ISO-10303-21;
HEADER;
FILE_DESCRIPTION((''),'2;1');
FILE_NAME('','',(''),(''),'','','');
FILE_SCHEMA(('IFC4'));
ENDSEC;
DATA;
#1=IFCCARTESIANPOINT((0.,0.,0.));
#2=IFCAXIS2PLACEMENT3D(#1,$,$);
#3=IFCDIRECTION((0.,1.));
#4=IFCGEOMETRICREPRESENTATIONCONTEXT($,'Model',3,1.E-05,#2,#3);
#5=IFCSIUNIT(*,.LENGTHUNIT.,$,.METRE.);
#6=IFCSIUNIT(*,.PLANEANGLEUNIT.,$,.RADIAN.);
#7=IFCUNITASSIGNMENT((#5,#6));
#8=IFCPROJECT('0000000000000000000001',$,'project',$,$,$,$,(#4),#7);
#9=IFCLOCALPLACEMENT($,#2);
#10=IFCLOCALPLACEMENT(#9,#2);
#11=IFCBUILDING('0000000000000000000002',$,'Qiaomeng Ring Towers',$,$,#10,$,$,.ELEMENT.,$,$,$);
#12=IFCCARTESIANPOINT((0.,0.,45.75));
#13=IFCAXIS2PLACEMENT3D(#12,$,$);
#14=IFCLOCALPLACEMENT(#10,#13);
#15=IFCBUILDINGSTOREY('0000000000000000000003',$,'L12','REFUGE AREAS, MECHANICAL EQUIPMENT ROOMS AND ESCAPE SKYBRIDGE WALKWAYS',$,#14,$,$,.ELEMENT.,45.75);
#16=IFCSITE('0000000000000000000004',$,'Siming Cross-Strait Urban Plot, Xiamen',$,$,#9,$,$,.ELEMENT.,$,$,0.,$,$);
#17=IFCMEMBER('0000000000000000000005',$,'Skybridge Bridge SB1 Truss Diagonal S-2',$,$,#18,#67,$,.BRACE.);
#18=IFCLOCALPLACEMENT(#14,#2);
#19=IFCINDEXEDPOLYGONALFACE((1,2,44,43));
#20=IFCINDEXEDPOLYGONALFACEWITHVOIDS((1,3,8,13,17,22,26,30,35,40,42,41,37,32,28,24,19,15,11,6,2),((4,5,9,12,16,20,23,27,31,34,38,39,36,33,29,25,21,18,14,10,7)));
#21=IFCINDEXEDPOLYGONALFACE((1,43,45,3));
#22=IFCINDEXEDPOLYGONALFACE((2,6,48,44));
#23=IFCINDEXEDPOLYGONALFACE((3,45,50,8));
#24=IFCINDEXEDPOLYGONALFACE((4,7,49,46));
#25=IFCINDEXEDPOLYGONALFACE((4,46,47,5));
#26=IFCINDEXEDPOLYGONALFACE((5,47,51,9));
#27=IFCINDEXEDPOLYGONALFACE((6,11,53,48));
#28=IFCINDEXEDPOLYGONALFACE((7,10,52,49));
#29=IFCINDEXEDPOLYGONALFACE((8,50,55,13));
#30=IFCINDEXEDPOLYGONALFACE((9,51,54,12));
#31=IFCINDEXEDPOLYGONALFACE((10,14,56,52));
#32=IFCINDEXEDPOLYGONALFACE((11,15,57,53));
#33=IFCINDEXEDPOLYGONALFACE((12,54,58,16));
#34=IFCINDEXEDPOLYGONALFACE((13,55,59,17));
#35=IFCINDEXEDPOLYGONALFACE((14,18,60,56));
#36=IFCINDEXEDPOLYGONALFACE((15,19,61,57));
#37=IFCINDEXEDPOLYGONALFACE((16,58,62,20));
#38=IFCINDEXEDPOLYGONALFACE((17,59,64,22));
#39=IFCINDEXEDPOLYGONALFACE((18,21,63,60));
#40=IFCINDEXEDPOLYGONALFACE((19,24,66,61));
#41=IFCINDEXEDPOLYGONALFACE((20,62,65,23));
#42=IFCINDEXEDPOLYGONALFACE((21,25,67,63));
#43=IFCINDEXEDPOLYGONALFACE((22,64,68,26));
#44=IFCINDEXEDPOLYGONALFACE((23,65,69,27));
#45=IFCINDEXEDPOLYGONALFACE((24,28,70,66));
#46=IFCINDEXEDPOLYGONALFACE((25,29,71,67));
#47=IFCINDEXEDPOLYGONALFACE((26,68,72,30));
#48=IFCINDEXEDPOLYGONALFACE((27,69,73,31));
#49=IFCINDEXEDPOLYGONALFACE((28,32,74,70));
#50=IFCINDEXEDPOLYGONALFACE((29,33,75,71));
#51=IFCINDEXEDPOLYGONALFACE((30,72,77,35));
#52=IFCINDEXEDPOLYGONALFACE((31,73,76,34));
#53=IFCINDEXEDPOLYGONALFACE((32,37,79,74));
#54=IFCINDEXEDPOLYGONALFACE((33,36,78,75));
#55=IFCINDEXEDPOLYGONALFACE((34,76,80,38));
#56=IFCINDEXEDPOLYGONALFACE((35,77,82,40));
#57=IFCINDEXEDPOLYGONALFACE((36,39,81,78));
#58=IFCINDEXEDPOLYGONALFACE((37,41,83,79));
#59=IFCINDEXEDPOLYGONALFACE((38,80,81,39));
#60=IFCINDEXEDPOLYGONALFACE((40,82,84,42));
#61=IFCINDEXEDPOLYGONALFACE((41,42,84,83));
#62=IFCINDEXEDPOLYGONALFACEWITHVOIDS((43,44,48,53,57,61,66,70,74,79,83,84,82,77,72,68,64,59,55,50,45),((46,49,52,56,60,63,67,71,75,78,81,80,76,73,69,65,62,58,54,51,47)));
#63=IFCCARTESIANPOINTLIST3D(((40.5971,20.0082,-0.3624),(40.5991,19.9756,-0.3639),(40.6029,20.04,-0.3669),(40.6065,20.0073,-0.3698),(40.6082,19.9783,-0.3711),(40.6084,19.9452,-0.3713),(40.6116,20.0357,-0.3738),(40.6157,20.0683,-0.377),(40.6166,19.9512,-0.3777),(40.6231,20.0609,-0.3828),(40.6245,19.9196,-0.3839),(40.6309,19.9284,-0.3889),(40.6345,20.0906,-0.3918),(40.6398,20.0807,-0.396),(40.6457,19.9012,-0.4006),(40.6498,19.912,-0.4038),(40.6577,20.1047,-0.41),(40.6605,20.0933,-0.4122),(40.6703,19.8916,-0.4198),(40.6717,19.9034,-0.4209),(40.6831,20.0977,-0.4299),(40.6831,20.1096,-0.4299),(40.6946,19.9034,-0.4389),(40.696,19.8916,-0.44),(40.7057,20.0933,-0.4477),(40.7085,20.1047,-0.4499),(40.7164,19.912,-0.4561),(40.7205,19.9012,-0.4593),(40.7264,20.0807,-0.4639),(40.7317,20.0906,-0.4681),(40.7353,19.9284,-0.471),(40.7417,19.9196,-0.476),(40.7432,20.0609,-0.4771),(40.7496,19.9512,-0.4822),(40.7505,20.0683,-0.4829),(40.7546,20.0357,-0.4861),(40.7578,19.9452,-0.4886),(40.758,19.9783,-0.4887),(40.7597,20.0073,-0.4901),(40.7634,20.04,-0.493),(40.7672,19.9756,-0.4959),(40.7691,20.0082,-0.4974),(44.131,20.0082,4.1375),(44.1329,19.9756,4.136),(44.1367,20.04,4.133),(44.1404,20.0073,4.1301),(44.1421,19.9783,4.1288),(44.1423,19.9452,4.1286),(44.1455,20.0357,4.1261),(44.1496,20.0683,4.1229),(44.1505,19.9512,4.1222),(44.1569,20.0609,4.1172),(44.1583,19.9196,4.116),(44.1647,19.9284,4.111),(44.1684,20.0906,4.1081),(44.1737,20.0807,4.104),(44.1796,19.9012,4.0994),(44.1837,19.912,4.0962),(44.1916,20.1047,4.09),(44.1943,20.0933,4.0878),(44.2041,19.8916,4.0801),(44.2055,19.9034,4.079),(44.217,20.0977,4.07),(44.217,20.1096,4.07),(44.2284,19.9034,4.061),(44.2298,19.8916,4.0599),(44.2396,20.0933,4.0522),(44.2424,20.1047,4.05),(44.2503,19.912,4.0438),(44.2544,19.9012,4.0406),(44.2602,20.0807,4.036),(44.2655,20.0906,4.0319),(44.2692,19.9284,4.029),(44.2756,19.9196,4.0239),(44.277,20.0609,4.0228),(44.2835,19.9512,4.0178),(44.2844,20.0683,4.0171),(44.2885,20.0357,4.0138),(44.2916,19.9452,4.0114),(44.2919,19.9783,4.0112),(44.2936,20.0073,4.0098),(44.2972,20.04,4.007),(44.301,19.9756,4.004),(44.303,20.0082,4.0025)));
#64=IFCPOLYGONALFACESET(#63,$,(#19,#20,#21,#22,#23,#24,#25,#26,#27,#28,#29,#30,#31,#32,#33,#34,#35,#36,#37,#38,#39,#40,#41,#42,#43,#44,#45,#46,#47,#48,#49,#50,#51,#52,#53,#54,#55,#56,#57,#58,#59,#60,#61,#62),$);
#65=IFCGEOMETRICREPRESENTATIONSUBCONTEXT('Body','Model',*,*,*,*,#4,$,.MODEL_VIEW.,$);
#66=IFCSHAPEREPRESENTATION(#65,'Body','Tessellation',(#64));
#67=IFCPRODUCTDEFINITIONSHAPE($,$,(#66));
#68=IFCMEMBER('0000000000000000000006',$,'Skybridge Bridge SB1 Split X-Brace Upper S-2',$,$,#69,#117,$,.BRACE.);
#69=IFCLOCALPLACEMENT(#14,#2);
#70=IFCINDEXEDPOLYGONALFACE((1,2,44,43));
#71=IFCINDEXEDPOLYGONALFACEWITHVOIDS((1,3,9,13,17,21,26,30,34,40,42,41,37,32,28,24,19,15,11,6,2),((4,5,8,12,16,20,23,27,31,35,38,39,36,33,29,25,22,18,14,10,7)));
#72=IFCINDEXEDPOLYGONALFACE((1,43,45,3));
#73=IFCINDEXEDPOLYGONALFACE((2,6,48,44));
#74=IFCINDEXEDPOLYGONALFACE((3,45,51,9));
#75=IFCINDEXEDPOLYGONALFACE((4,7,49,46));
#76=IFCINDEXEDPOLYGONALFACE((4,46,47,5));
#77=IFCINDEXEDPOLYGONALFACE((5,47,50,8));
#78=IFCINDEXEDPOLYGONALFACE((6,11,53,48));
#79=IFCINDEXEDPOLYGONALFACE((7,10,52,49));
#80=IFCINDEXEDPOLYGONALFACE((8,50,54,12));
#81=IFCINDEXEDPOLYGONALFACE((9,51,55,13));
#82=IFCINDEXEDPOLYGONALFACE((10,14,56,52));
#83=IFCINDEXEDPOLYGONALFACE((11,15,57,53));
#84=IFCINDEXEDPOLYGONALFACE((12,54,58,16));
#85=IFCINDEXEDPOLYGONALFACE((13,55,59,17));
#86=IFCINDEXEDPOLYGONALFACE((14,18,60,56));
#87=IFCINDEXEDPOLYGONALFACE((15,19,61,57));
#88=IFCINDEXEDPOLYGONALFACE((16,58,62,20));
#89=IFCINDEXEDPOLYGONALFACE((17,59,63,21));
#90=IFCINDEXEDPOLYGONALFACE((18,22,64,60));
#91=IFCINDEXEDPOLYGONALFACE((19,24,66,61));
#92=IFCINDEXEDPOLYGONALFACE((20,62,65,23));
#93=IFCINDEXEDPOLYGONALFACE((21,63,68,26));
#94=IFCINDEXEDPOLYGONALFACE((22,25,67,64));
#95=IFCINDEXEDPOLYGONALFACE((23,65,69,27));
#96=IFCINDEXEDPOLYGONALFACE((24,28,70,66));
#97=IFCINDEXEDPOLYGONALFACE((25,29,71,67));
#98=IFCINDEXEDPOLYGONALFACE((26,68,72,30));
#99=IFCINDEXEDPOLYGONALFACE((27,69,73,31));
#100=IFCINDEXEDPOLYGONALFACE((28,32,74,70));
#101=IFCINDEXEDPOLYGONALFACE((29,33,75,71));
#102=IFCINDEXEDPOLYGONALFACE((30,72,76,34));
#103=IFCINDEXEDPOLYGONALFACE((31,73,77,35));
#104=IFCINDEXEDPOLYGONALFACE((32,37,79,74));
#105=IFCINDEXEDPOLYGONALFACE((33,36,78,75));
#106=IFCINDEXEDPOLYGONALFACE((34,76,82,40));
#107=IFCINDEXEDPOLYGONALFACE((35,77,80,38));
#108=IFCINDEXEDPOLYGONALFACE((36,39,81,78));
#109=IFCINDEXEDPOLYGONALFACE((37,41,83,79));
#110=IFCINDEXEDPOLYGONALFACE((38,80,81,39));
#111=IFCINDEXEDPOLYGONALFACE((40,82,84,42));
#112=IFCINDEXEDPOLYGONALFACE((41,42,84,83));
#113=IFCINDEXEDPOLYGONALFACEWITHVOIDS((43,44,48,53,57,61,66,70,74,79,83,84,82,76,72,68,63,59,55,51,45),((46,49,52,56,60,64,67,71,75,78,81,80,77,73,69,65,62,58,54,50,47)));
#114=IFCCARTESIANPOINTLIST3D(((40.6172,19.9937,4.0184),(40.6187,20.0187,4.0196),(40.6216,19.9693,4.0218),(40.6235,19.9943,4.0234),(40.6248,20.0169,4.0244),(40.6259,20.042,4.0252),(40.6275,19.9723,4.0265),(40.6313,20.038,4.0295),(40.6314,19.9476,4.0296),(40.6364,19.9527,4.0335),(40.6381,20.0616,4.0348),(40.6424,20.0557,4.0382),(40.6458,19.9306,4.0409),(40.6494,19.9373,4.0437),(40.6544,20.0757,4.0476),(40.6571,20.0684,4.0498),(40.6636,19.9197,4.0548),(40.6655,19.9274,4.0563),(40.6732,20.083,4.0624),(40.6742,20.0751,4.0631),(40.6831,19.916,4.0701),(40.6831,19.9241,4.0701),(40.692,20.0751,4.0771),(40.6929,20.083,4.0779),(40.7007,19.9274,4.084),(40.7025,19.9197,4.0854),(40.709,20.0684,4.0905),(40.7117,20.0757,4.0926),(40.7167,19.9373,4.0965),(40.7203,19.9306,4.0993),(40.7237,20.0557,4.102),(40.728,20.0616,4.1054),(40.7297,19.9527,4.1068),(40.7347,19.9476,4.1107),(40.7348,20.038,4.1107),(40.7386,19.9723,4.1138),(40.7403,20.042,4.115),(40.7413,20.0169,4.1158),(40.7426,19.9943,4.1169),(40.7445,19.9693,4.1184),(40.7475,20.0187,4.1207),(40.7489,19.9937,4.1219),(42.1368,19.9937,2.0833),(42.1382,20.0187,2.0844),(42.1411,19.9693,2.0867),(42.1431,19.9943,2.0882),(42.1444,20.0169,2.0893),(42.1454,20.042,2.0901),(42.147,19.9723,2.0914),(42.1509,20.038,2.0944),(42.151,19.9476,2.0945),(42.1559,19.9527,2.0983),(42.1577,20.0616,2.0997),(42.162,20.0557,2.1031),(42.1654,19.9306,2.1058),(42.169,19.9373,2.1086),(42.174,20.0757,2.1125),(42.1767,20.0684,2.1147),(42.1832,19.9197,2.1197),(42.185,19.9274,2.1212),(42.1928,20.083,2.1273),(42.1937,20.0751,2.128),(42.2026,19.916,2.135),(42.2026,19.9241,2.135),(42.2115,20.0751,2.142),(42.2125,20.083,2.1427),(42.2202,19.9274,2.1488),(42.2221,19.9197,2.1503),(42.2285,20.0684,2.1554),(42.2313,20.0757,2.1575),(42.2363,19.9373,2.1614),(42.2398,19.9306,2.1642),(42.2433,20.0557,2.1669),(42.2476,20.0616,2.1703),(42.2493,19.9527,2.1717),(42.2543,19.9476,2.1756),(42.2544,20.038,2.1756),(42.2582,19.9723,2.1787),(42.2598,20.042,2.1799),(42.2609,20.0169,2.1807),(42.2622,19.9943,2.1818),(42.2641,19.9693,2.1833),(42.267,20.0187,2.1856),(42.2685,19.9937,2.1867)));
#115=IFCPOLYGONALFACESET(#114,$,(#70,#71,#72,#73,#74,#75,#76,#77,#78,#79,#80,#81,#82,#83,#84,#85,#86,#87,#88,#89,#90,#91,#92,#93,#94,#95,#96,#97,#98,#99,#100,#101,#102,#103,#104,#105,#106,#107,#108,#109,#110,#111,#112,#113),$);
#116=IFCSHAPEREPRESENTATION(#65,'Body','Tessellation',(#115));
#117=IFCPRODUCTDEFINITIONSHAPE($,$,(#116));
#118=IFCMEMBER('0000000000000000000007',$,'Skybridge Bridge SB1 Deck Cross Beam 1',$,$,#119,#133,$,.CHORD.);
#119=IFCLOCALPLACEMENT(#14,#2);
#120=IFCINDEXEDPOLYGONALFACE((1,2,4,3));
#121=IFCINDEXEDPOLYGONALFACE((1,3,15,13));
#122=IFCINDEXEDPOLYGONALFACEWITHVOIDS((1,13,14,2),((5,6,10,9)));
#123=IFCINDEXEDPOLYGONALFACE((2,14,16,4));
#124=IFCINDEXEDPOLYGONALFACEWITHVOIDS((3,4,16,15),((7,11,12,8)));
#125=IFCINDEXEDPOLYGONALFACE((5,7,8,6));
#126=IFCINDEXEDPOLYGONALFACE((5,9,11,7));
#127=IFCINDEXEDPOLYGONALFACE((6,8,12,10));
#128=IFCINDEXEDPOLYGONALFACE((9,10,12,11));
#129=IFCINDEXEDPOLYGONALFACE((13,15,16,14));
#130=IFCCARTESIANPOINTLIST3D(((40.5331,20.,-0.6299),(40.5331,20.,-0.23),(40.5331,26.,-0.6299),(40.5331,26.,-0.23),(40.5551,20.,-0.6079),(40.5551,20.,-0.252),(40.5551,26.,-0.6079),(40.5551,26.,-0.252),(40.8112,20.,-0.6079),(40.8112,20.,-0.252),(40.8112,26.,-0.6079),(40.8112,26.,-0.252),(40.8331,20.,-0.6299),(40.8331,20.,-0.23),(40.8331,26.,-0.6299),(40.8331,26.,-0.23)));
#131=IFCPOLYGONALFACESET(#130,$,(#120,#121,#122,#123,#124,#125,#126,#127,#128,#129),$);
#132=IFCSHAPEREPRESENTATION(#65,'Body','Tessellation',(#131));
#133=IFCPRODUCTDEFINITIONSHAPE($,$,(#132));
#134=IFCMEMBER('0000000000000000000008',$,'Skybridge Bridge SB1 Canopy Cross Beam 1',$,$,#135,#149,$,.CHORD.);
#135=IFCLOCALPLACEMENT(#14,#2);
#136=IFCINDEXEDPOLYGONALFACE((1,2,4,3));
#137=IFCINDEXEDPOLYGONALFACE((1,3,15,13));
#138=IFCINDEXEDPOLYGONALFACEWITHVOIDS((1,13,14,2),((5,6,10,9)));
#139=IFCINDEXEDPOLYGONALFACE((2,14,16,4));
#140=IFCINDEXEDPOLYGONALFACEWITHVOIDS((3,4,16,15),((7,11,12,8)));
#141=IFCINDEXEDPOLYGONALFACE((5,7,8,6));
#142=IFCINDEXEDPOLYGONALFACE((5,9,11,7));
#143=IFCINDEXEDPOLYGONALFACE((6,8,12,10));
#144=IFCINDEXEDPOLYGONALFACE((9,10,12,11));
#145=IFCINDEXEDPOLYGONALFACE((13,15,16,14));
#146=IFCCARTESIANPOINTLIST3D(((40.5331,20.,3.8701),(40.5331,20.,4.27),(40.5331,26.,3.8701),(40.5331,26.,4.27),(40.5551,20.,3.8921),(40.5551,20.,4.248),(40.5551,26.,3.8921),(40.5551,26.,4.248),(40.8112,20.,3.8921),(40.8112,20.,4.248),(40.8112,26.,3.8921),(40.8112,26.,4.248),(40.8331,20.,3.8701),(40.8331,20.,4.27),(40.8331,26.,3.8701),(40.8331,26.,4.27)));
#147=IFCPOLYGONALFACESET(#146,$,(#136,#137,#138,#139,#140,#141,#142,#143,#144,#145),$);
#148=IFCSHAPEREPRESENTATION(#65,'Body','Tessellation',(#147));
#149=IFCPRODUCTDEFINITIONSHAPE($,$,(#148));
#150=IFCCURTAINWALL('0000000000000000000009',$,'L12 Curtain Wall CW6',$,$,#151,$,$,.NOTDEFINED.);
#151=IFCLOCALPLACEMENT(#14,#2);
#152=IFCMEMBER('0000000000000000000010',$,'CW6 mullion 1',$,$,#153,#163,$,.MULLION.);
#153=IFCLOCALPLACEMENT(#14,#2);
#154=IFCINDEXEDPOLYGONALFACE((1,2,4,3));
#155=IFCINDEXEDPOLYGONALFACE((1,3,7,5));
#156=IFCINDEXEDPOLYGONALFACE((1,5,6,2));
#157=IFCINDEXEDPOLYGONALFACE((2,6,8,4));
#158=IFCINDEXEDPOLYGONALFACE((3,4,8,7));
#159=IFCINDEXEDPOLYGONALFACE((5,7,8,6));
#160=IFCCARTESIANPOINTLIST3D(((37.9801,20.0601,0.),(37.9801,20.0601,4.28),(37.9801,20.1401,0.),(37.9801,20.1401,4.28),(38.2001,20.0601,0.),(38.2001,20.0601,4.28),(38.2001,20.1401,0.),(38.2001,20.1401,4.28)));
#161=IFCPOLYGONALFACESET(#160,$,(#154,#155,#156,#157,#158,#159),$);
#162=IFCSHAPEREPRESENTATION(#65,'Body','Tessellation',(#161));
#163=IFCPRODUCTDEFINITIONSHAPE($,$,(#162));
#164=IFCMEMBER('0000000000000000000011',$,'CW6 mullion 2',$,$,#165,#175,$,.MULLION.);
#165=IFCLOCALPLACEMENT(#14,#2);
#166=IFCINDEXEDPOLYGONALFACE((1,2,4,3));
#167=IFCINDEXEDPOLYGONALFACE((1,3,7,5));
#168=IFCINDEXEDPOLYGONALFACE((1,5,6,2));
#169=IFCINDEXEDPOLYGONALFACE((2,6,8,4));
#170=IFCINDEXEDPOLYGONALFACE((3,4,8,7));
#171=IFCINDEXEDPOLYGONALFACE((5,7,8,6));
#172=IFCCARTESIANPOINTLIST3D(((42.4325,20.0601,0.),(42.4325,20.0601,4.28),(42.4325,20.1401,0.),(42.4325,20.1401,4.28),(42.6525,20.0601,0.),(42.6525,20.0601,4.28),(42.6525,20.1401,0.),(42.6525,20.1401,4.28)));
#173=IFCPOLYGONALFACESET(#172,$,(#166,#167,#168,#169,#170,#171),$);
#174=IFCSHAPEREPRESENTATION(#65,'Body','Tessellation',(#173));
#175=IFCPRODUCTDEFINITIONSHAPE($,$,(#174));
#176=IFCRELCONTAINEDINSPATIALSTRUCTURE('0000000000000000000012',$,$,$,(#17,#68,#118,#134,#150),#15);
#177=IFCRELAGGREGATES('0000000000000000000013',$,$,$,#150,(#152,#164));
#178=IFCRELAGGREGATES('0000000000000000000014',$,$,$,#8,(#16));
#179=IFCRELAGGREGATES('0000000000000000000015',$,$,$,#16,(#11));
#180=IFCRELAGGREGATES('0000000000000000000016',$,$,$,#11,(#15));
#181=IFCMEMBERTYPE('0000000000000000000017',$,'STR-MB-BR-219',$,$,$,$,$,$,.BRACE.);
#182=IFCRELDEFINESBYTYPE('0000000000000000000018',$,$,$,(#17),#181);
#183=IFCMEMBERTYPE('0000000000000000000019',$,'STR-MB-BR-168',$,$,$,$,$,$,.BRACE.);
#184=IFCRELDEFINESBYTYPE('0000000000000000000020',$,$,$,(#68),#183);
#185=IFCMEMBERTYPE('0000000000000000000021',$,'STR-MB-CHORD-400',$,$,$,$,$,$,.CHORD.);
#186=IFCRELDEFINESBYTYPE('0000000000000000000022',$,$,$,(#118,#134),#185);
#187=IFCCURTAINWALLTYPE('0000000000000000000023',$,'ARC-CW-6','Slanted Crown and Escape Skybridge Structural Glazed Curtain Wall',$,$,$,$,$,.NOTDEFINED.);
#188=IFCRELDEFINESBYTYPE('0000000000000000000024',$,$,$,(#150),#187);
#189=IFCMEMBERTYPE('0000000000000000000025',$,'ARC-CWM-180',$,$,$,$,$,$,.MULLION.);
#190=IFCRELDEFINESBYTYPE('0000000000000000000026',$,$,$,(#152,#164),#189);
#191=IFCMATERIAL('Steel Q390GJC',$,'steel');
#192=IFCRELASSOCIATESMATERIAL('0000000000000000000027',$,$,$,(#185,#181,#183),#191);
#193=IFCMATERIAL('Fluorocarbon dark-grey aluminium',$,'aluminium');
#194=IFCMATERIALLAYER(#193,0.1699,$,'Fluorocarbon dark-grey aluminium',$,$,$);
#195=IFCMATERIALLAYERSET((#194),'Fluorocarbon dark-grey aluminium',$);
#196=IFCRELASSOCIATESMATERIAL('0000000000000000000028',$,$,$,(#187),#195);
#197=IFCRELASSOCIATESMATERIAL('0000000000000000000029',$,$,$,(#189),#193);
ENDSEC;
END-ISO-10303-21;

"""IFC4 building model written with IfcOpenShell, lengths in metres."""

from ifc_helpers import new_model, si_unit, direction, frame, origin, origin_2d, place, context, subcontext, project, spatial, rectangle, hollow_rectangle, hollow_circle, extrude, source, transform, mapped, material, layer, layer_set, material_profile, profile_set, type_object, element, aggregate, save


model = new_model("IFC4")

# Units and contexts
model_context = context("Model", 3, precision=1e-05, world=origin(), true_north=direction((0.0, 1.0)))
body_context = subcontext(model_context, "Body", "Model", "MODEL_VIEW")
ifc_project = project(units=[si_unit("LENGTHUNIT", "METRE"), si_unit("PLANEANGLEUNIT", "RADIAN")], contexts=[model_context])

# Site, building, storey
site_placement = place(None, origin())
site = spatial("IfcSite", under=ifc_project, at=site_placement, Name="Siming Cross-Strait Urban Plot, Xiamen", CompositionType="ELEMENT", RefElevation=0.0)
building_placement = place(site_placement, origin())
building = spatial("IfcBuilding", under=site, at=building_placement, Name="Qiaomeng Ring Towers", CompositionType="ELEMENT")
storey_placement = place(building_placement, frame((0.0, 0.0, 45.75)))
storey = spatial("IfcBuildingStorey", under=building, at=storey_placement, Name="L12", Description="REFUGE AREAS, MECHANICAL EQUIPMENT ROOMS AND ESCAPE SKYBRIDGE WALKWAYS", CompositionType="ELEMENT", Elevation=45.75)

# Members
ifc_material_1 = material(Name="Steel Q390GJC", Category="steel")
ifc_material_profile_1 = material_profile(ifc_material_1, hollow_rectangle(XDim=0.3, YDim=0.3999, WallThickness=0.022, at=origin_2d()), Name="RHS 400x300x22")
ifc_profile_set_1 = profile_set([ifc_material_profile_1], Name="Steel Q390GJC")
member_type_1 = type_object("IfcMemberType", Name="STR-MB-CHORD-400", PredefinedType="CHORD", material=ifc_profile_set_1)
ifc_material_profile_2 = material_profile(ifc_material_1, hollow_circle(Radius=0.1096, WallThickness=0.012, at=origin_2d()), Name="CHS 219x12")
ifc_profile_set_2 = profile_set([ifc_material_profile_2], Name="Steel Q390GJC")
member_type_2 = type_object("IfcMemberType", Name="STR-MB-BR-219", PredefinedType="BRACE", material=ifc_profile_set_2)
ifc_material_profile_3 = material_profile(ifc_material_1, hollow_circle(Radius=0.084, WallThickness=0.0081, at=origin_2d()), Name="CHS 168x8")
ifc_profile_set_3 = profile_set([ifc_material_profile_3], Name="Steel Q390GJC")
member_type_3 = type_object("IfcMemberType", Name="STR-MB-BR-168", PredefinedType="BRACE", material=ifc_profile_set_3)
shared_shape_1 = source(origin(), body_context, "Body", "SweptSolid", [
    extrude(hollow_circle(Radius=0.1096, WallThickness=0.012, at=origin_2d()), origin(), (0.0, 0.0, 1.0), 5.7217),
])
member_1_placement = place(storey_placement, frame((40.6831, 20.0, -0.4299), z_axis=(0.617629, 0.0, 0.786469), x_axis=(0.0, 1.0, 0.0)))
element("IfcMember", 1, at=member_1_placement, inside=storey, type_object=member_type_2, Name="Skybridge Bridge SB1 Truss Diagonal S-2", PredefinedType="BRACE", context=body_context, shape_type="MappedRepresentation", body=[
    mapped(shared_shape_1, transform((0.0, 0.0, 0.0), x_axis=(1.0, 0.0, 0.0), y_axis=(0.0, 1.0, 0.0), z_axis=(0.0, 0.0, 1.0), scale=1.0)),
])
shared_shape_2 = source(origin(), body_context, "Body", "SweptSolid", [
    extrude(hollow_circle(Radius=0.084, WallThickness=0.0081, at=origin_2d()), origin(), (0.0, 0.0, 1.0), 2.4604),
])
member_2_placement = place(storey_placement, frame((42.2026, 20.0, 2.135), z_axis=(-0.617602, 0.0, 0.78649), x_axis=(0.0, -1.0, 0.0)))
element("IfcMember", 2, at=member_2_placement, inside=storey, type_object=member_type_3, Name="Skybridge Bridge SB1 Split X-Brace Upper S-2", PredefinedType="BRACE", context=body_context, shape_type="MappedRepresentation", body=[
    mapped(shared_shape_2, transform((0.0, 0.0, 0.0), x_axis=(1.0, 0.0, 0.0), y_axis=(0.0, 1.0, 0.0), z_axis=(0.0, 0.0, 1.0), scale=1.0)),
])
shared_shape_3 = source(origin(), body_context, "Body", "SweptSolid", [
    extrude(hollow_rectangle(XDim=0.3, YDim=0.3999, WallThickness=0.022, at=origin_2d()), origin(), (0.0, 0.0, 1.0), 6.0),
])
for number, where, z_axis, x_axis, name in (
    (3, (40.6831, 20.0, -0.4299), (0.0, 1.0, 0.0), (-1.0, 0.0, 0.0), "Skybridge Bridge SB1 Deck Cross Beam 1"),
    (4, (40.6831, 20.0, 4.0701), (0.0, 1.0, 0.0), (-1.0, 0.0, 0.0), "Skybridge Bridge SB1 Canopy Cross Beam 1"),
):
    element("IfcMember", number, at=place(storey_placement, frame(where, z_axis=z_axis, x_axis=x_axis)), inside=storey, type_object=member_type_1, Name=name, PredefinedType="CHORD", context=body_context, shape_type="MappedRepresentation", body=[
        mapped(shared_shape_3, transform((0.0, 0.0, 0.0), x_axis=(1.0, 0.0, 0.0), y_axis=(0.0, 1.0, 0.0), z_axis=(0.0, 0.0, 1.0), scale=1.0)),
    ])

# Curtain wall, members
ifc_material_2 = material(Name="Fluorocarbon dark-grey aluminium", Category="aluminium")
ifc_layer_1 = layer(ifc_material_2, 0.1699, Name="Fluorocarbon dark-grey aluminium")
ifc_layer_set_1 = layer_set([ifc_layer_1], Name="Fluorocarbon dark-grey aluminium")
curtain_wall_type = type_object("IfcCurtainWallType", Name="ARC-CW-6", Description="Slanted Crown and Escape Skybridge Structural Glazed Curtain Wall", PredefinedType="NOTDEFINED", material=ifc_layer_set_1)
curtain_wall_placement = place(storey_placement, origin())
curtain_wall = element("IfcCurtainWall", 5, at=curtain_wall_placement, inside=storey, type_object=curtain_wall_type, Name="L12 Curtain Wall CW6", PredefinedType="NOTDEFINED")
ifc_material_profile_4 = material_profile(ifc_material_2, rectangle(XDim=0.0801, YDim=0.22, at=origin_2d()), Name="ALU MULL 80x220")
ifc_profile_set_4 = profile_set([ifc_material_profile_4], Name="Fluorocarbon dark-grey aluminium")
member_type_4 = type_object("IfcMemberType", Name="ARC-CWM-180", PredefinedType="MULLION", material=ifc_profile_set_4)
shared_shape_4 = source(origin(), body_context, "Body", "SweptSolid", [
    extrude(rectangle(XDim=0.0801, YDim=0.22, at=origin_2d()), origin(), (0.0, 0.0, 1.0), 4.28),
])
member_3_placement = place(storey_placement, frame((38.0901, 20.1001, 0.0), z_axis=(0.0, 0.0, 1.0), x_axis=(0.0, 1.0, 0.0)))
member_3 = element("IfcMember", 6, at=member_3_placement, type_object=member_type_4, Name="CW6 mullion 1", PredefinedType="MULLION", context=body_context, shape_type="MappedRepresentation", body=[
    mapped(shared_shape_4, transform((0.0, 0.0, 0.0), x_axis=(1.0, 0.0, 0.0), y_axis=(0.0, 1.0, 0.0), z_axis=(0.0, 0.0, 1.0), scale=1.0)),
])
member_4_placement = place(storey_placement, frame((42.5425, 20.1001, 0.0), z_axis=(0.0, 0.0, 1.0), x_axis=(0.0, 1.0, 0.0)))
member_4 = element("IfcMember", 7, at=member_4_placement, type_object=member_type_4, Name="CW6 mullion 2", PredefinedType="MULLION", context=body_context, shape_type="MappedRepresentation", body=[
    mapped(shared_shape_4, transform((0.0, 0.0, 0.0), x_axis=(1.0, 0.0, 0.0), y_axis=(0.0, 1.0, 0.0), z_axis=(0.0, 0.0, 1.0), scale=1.0)),
])

aggregate(curtain_wall, [member_3, member_4])

save(model, "model.ifc")
